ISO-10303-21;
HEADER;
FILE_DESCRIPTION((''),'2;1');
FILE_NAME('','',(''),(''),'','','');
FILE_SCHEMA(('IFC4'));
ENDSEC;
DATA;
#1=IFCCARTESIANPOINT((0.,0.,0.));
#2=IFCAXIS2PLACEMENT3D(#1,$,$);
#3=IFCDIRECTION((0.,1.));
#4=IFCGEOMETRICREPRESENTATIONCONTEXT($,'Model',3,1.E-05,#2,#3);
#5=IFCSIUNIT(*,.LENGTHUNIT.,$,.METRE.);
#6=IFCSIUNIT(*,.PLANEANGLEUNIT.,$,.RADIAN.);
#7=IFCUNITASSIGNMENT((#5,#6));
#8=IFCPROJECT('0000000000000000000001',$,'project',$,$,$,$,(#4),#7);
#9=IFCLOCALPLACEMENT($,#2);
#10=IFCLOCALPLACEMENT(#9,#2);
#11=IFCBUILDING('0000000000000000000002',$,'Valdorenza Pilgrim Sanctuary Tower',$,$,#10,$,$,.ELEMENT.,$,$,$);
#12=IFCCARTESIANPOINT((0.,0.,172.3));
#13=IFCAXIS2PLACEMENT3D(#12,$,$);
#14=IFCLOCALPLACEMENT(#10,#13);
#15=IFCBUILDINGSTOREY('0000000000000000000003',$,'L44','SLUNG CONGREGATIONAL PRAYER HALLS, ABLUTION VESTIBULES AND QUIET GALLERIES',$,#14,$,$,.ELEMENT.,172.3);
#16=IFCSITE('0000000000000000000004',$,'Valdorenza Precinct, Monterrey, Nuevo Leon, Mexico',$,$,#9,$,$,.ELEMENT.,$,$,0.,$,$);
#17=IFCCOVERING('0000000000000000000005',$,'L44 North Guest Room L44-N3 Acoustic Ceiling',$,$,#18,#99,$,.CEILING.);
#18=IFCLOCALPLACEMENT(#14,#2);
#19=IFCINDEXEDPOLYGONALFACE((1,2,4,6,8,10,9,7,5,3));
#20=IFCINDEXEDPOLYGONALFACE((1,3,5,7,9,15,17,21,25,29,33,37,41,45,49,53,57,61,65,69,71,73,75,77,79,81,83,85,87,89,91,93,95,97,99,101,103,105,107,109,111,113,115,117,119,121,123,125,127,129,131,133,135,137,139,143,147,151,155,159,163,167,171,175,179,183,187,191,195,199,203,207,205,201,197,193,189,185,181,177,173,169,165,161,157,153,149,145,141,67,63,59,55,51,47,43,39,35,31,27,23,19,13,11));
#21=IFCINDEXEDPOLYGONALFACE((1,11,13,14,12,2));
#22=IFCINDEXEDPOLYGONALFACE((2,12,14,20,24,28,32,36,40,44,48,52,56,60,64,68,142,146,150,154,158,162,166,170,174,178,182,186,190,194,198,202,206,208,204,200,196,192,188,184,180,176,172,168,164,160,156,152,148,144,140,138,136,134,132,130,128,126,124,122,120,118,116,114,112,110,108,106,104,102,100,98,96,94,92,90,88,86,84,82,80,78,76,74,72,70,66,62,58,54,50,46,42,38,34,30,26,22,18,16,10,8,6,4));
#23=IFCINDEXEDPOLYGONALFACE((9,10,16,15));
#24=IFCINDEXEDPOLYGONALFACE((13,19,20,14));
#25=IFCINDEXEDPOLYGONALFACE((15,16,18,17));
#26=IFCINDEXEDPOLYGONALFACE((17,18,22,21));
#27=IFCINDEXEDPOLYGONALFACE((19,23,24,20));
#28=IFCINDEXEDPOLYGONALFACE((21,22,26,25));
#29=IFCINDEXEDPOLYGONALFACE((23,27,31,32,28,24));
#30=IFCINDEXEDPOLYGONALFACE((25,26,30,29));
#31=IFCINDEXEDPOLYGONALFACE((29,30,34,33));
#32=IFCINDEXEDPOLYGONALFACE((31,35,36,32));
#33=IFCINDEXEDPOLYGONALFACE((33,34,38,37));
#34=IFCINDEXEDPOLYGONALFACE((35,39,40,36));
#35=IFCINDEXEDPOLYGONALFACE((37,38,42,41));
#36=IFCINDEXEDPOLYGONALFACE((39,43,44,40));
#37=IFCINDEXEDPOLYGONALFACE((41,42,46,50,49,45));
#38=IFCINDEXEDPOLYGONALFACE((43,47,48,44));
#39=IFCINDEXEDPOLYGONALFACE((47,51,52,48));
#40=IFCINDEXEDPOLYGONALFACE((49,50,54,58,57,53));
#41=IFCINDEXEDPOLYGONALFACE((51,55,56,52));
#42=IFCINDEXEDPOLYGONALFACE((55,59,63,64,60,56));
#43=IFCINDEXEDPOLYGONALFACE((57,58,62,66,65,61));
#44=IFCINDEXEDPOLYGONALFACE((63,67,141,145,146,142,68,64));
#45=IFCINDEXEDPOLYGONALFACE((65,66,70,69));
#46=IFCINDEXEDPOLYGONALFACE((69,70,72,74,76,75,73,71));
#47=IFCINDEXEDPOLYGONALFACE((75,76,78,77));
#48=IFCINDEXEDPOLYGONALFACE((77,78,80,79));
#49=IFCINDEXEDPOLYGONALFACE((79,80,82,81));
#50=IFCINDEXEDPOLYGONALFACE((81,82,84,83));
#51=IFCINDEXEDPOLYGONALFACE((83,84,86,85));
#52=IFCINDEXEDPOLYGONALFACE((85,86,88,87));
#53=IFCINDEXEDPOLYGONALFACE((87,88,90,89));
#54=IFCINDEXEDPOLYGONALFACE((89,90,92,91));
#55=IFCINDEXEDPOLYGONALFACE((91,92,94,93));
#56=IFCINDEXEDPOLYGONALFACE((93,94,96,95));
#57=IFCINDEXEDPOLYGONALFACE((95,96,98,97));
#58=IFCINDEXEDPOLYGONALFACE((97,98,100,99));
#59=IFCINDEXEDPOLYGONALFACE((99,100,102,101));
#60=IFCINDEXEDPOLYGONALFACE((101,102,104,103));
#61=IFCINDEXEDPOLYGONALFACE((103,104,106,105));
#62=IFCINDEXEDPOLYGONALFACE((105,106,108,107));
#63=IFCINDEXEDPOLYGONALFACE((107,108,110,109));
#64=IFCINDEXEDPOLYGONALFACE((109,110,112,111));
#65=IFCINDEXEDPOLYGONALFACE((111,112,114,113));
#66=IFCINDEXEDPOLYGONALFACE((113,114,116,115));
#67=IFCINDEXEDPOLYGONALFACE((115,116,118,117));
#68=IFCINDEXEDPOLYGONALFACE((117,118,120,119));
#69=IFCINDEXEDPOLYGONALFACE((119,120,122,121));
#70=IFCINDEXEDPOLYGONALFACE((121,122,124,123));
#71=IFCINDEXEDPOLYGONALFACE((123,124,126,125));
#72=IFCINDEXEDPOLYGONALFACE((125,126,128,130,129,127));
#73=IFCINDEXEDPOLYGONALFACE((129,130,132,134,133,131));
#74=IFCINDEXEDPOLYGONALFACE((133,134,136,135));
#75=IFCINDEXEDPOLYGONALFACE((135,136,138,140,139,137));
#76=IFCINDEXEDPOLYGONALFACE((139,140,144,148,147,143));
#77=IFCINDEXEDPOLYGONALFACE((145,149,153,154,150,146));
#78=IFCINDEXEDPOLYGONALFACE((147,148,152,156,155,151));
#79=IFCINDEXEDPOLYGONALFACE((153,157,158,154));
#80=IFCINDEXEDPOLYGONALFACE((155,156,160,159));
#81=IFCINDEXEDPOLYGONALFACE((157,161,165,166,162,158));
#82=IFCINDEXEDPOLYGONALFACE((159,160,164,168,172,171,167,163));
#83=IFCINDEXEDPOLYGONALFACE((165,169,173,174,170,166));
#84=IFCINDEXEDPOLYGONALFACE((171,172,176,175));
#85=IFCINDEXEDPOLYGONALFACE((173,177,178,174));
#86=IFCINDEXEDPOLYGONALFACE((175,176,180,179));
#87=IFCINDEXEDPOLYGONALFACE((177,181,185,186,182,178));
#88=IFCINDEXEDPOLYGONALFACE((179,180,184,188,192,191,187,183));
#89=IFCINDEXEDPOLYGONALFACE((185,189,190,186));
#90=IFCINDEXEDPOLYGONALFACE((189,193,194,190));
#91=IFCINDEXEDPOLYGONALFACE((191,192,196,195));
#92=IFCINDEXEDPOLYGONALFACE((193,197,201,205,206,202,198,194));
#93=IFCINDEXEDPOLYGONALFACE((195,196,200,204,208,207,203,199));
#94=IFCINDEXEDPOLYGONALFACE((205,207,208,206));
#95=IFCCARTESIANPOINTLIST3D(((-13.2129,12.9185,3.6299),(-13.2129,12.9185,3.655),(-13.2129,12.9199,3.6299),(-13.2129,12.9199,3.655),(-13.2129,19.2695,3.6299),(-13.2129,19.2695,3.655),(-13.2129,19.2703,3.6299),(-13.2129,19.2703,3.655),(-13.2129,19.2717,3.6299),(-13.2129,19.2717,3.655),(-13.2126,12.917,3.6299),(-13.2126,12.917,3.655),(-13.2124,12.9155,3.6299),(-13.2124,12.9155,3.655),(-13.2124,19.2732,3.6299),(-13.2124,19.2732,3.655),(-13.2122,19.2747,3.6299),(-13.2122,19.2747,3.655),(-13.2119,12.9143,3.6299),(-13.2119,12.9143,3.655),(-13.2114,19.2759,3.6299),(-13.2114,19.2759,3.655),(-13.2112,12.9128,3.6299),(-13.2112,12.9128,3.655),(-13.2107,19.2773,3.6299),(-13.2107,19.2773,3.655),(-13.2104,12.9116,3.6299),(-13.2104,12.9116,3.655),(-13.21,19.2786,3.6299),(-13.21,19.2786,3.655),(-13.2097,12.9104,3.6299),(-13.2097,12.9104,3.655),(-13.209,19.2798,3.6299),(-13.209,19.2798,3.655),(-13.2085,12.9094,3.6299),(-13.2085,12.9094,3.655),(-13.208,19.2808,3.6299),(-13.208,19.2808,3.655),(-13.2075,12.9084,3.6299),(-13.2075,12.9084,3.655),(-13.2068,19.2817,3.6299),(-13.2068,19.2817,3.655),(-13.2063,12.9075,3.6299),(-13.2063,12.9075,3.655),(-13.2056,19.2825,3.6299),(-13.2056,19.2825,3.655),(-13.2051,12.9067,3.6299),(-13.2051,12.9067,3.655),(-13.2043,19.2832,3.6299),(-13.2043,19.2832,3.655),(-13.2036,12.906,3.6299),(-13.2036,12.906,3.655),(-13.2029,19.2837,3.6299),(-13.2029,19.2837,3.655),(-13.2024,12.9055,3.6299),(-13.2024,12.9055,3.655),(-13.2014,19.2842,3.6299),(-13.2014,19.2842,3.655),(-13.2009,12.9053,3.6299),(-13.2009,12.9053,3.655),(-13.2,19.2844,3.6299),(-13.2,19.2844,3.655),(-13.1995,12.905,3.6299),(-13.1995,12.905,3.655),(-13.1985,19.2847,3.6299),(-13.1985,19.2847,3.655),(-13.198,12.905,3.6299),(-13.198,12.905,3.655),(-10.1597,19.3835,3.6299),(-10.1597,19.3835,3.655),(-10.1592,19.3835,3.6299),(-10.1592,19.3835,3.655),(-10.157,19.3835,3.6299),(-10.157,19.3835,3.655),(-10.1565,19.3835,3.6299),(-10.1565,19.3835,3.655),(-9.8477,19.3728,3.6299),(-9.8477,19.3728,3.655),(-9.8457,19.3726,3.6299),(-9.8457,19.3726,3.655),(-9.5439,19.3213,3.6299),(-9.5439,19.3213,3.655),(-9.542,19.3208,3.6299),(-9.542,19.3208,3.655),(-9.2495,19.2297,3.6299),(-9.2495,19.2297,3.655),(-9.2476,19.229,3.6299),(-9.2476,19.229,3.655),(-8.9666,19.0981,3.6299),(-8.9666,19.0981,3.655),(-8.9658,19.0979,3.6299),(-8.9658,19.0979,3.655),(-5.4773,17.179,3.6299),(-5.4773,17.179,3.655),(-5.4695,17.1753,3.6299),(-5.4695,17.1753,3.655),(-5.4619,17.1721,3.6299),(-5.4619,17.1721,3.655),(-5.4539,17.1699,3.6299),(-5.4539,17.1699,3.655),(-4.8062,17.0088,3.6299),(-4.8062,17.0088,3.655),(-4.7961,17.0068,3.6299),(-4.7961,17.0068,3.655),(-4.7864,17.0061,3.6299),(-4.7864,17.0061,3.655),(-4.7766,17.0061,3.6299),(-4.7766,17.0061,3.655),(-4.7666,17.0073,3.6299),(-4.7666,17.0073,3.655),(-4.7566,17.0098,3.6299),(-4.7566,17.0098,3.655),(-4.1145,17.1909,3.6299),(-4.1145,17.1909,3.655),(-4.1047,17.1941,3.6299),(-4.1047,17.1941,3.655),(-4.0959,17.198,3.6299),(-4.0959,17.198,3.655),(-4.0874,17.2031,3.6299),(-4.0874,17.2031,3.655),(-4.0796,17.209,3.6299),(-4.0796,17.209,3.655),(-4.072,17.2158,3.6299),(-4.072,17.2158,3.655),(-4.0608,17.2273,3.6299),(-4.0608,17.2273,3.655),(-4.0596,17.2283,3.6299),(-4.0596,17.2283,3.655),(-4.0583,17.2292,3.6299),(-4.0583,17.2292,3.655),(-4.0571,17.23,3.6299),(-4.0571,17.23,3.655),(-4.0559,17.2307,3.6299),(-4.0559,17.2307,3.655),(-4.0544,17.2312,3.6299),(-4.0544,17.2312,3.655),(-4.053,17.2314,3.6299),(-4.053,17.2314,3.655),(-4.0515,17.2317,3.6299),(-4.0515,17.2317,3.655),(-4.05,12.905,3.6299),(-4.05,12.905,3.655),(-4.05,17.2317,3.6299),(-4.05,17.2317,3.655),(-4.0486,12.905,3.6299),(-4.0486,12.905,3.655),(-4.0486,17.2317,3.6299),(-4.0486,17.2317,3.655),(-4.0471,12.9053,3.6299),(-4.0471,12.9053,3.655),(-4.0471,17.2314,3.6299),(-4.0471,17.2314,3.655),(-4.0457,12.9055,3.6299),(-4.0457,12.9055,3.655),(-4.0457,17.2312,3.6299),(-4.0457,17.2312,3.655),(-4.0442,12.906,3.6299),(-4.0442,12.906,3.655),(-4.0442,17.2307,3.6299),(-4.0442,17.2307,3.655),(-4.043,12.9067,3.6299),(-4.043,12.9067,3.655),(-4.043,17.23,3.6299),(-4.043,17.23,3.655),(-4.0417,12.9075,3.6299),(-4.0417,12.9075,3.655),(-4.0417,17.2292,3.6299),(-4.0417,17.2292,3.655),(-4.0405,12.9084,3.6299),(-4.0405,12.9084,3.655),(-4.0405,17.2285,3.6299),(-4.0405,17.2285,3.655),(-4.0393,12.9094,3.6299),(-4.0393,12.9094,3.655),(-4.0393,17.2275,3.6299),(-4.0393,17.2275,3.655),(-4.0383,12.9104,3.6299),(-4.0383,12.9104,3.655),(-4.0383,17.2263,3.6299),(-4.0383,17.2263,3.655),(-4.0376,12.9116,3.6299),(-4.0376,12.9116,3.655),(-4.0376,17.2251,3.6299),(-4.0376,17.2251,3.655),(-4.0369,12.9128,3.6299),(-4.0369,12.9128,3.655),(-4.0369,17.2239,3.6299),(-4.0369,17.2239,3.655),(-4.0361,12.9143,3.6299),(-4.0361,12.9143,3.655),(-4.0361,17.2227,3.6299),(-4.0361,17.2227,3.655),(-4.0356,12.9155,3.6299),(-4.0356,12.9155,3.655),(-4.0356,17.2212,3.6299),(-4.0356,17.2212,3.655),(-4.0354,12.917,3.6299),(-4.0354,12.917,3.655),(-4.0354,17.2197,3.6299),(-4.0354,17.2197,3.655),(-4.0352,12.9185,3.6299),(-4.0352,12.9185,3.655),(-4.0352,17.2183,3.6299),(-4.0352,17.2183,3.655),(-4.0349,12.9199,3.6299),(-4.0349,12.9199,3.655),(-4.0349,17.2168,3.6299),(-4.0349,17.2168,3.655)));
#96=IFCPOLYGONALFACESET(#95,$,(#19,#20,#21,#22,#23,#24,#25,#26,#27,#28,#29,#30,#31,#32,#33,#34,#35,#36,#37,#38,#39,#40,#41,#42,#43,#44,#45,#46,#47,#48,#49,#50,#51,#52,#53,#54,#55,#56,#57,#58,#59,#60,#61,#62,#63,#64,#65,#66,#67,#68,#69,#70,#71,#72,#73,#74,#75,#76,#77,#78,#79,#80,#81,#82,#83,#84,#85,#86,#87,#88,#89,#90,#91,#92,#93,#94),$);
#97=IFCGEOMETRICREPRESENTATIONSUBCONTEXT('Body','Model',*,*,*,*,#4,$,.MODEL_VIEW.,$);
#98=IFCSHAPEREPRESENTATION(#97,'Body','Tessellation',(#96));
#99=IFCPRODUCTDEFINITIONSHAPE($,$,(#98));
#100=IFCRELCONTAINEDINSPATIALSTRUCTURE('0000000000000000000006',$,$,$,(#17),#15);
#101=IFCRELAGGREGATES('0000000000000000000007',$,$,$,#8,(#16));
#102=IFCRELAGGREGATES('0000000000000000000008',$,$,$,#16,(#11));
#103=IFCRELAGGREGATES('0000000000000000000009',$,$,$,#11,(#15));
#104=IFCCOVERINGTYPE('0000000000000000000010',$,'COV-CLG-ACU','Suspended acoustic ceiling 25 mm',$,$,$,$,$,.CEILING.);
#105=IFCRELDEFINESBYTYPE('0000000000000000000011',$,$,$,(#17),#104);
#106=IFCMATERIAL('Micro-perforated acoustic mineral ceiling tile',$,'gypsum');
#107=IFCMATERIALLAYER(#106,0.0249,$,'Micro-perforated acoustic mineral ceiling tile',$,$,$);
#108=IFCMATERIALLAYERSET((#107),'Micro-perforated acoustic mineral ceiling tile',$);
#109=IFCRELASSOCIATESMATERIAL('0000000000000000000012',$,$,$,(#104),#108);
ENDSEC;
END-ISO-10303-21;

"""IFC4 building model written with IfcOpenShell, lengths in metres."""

from ifc_helpers import new_model, si_unit, direction, frame, origin, place, context, subcontext, project, spatial, polyline, outline, extrude, material, layer, layer_set, type_object, element, save


model = new_model("IFC4")

# Units and contexts
model_context = context("Model", 3, precision=1e-05, world=origin(), true_north=direction((0.0, 1.0)))
body_context = subcontext(model_context, "Body", "Model", "MODEL_VIEW")
ifc_project = project(units=[si_unit("LENGTHUNIT", "METRE"), si_unit("PLANEANGLEUNIT", "RADIAN")], contexts=[model_context])

# Site, building, storey
site_placement = place(None, origin())
site = spatial("IfcSite", under=ifc_project, at=site_placement, Name="Valdorenza Precinct, Monterrey, Nuevo Leon, Mexico", CompositionType="ELEMENT", RefElevation=0.0)
building_placement = place(site_placement, origin())
building = spatial("IfcBuilding", under=site, at=building_placement, Name="Valdorenza Pilgrim Sanctuary Tower", CompositionType="ELEMENT")
storey_placement = place(building_placement, frame((0.0, 0.0, 172.3)))
storey = spatial("IfcBuildingStorey", under=building, at=storey_placement, Name="L44", Description="SLUNG CONGREGATIONAL PRAYER HALLS, ABLUTION VESTIBULES AND QUIET GALLERIES", CompositionType="ELEMENT", Elevation=172.3)

# Covering
ifc_material_1 = material(Name="Micro-perforated acoustic mineral ceiling tile", Category="gypsum")
ifc_layer_1 = layer(ifc_material_1, 0.0249, Name="Micro-perforated acoustic mineral ceiling tile")
ifc_layer_set_1 = layer_set([ifc_layer_1], Name="Micro-perforated acoustic mineral ceiling tile")
covering_type_1 = type_object("IfcCoveringType", Name="COV-CLG-ACU", Description="Suspended acoustic ceiling 25 mm", PredefinedType="CEILING", material=ifc_layer_set_1)
covering_1_placement = place(storey_placement, frame((0.0, 0.0, 3.6299)))
element("IfcCovering", 1, at=covering_1_placement, inside=storey, type_object=covering_type_1, Name="L44 North Guest Room L44-N3 Acoustic Ceiling", PredefinedType="CEILING", context=body_context, shape_type="SweptSolid", body=[
    extrude(outline(polyline([(-13.2129, 19.2695), (-13.2129, 19.2703), (-13.2129, 19.2717), (-13.2124, 19.2732), (-13.2122, 19.2747), (-13.2114, 19.2759), (-13.2107, 19.2773), (-13.21, 19.2786), (-13.209, 19.2798), (-13.208, 19.2808), (-13.2068, 19.2817), (-13.2056, 19.2825), (-13.2043, 19.2832), (-13.2029, 19.2837), (-13.2014, 19.2842), (-13.2, 19.2844), (-13.1985, 19.2847), (-10.1597, 19.3835), (-10.1592, 19.3835), (-10.157, 19.3835), (-10.1565, 19.3835), (-9.8477, 19.3728), (-9.8457, 19.3726), (-9.5439, 19.3213), (-9.542, 19.3208), (-9.2495, 19.2297), (-9.2476, 19.229), (-8.9666, 19.0981), (-8.9658, 19.0979), (-5.4773, 17.179), (-5.4695, 17.1753), (-5.4619, 17.1721), (-5.4539, 17.1699), (-4.8062, 17.0088), (-4.7961, 17.0068), (-4.7864, 17.0061), (-4.7766, 17.0061), (-4.7666, 17.0073), (-4.7566, 17.0098), (-4.1145, 17.1909), (-4.1047, 17.1941), (-4.0959, 17.198), (-4.0874, 17.2031), (-4.0796, 17.209), (-4.072, 17.2158), (-4.0608, 17.2273), (-4.0596, 17.2283), (-4.0583, 17.2292), (-4.0571, 17.23), (-4.0559, 17.2307), (-4.0544, 17.2312), (-4.053, 17.2314), (-4.0515, 17.2317), (-4.05, 17.2317), (-4.0486, 17.2317), (-4.0471, 17.2314), (-4.0457, 17.2312), (-4.0442, 17.2307), (-4.043, 17.23), (-4.0417, 17.2292), (-4.0405, 17.2285), (-4.0393, 17.2275), (-4.0383, 17.2263), (-4.0376, 17.2251), (-4.0369, 17.2239), (-4.0361, 17.2227), (-4.0356, 17.2212), (-4.0354, 17.2197), (-4.0352, 17.2183), (-4.0349, 17.2168), (-4.0349, 12.9199), (-4.0352, 12.9185), (-4.0354, 12.917), (-4.0356, 12.9155), (-4.0361, 12.9143), (-4.0369, 12.9128), (-4.0376, 12.9116), (-4.0383, 12.9104), (-4.0393, 12.9094), (-4.0405, 12.9084), (-4.0417, 12.9075), (-4.043, 12.9067), (-4.0442, 12.906), (-4.0457, 12.9055), (-4.0471, 12.9053), (-4.0486, 12.905), (-4.05, 12.905), (-13.198, 12.905), (-13.1995, 12.905), (-13.2009, 12.9053), (-13.2024, 12.9055), (-13.2036, 12.906), (-13.2051, 12.9067), (-13.2063, 12.9075), (-13.2075, 12.9084), (-13.2085, 12.9094), (-13.2097, 12.9104), (-13.2104, 12.9116), (-13.2112, 12.9128), (-13.2119, 12.9143), (-13.2124, 12.9155), (-13.2126, 12.917), (-13.2129, 12.9185), (-13.2129, 12.9199), (-13.2129, 19.2695), (-13.2129, 19.2695)])), origin(), (0.0, 0.0, 1.0), 0.0251),
])

save(model, "model.ifc")
